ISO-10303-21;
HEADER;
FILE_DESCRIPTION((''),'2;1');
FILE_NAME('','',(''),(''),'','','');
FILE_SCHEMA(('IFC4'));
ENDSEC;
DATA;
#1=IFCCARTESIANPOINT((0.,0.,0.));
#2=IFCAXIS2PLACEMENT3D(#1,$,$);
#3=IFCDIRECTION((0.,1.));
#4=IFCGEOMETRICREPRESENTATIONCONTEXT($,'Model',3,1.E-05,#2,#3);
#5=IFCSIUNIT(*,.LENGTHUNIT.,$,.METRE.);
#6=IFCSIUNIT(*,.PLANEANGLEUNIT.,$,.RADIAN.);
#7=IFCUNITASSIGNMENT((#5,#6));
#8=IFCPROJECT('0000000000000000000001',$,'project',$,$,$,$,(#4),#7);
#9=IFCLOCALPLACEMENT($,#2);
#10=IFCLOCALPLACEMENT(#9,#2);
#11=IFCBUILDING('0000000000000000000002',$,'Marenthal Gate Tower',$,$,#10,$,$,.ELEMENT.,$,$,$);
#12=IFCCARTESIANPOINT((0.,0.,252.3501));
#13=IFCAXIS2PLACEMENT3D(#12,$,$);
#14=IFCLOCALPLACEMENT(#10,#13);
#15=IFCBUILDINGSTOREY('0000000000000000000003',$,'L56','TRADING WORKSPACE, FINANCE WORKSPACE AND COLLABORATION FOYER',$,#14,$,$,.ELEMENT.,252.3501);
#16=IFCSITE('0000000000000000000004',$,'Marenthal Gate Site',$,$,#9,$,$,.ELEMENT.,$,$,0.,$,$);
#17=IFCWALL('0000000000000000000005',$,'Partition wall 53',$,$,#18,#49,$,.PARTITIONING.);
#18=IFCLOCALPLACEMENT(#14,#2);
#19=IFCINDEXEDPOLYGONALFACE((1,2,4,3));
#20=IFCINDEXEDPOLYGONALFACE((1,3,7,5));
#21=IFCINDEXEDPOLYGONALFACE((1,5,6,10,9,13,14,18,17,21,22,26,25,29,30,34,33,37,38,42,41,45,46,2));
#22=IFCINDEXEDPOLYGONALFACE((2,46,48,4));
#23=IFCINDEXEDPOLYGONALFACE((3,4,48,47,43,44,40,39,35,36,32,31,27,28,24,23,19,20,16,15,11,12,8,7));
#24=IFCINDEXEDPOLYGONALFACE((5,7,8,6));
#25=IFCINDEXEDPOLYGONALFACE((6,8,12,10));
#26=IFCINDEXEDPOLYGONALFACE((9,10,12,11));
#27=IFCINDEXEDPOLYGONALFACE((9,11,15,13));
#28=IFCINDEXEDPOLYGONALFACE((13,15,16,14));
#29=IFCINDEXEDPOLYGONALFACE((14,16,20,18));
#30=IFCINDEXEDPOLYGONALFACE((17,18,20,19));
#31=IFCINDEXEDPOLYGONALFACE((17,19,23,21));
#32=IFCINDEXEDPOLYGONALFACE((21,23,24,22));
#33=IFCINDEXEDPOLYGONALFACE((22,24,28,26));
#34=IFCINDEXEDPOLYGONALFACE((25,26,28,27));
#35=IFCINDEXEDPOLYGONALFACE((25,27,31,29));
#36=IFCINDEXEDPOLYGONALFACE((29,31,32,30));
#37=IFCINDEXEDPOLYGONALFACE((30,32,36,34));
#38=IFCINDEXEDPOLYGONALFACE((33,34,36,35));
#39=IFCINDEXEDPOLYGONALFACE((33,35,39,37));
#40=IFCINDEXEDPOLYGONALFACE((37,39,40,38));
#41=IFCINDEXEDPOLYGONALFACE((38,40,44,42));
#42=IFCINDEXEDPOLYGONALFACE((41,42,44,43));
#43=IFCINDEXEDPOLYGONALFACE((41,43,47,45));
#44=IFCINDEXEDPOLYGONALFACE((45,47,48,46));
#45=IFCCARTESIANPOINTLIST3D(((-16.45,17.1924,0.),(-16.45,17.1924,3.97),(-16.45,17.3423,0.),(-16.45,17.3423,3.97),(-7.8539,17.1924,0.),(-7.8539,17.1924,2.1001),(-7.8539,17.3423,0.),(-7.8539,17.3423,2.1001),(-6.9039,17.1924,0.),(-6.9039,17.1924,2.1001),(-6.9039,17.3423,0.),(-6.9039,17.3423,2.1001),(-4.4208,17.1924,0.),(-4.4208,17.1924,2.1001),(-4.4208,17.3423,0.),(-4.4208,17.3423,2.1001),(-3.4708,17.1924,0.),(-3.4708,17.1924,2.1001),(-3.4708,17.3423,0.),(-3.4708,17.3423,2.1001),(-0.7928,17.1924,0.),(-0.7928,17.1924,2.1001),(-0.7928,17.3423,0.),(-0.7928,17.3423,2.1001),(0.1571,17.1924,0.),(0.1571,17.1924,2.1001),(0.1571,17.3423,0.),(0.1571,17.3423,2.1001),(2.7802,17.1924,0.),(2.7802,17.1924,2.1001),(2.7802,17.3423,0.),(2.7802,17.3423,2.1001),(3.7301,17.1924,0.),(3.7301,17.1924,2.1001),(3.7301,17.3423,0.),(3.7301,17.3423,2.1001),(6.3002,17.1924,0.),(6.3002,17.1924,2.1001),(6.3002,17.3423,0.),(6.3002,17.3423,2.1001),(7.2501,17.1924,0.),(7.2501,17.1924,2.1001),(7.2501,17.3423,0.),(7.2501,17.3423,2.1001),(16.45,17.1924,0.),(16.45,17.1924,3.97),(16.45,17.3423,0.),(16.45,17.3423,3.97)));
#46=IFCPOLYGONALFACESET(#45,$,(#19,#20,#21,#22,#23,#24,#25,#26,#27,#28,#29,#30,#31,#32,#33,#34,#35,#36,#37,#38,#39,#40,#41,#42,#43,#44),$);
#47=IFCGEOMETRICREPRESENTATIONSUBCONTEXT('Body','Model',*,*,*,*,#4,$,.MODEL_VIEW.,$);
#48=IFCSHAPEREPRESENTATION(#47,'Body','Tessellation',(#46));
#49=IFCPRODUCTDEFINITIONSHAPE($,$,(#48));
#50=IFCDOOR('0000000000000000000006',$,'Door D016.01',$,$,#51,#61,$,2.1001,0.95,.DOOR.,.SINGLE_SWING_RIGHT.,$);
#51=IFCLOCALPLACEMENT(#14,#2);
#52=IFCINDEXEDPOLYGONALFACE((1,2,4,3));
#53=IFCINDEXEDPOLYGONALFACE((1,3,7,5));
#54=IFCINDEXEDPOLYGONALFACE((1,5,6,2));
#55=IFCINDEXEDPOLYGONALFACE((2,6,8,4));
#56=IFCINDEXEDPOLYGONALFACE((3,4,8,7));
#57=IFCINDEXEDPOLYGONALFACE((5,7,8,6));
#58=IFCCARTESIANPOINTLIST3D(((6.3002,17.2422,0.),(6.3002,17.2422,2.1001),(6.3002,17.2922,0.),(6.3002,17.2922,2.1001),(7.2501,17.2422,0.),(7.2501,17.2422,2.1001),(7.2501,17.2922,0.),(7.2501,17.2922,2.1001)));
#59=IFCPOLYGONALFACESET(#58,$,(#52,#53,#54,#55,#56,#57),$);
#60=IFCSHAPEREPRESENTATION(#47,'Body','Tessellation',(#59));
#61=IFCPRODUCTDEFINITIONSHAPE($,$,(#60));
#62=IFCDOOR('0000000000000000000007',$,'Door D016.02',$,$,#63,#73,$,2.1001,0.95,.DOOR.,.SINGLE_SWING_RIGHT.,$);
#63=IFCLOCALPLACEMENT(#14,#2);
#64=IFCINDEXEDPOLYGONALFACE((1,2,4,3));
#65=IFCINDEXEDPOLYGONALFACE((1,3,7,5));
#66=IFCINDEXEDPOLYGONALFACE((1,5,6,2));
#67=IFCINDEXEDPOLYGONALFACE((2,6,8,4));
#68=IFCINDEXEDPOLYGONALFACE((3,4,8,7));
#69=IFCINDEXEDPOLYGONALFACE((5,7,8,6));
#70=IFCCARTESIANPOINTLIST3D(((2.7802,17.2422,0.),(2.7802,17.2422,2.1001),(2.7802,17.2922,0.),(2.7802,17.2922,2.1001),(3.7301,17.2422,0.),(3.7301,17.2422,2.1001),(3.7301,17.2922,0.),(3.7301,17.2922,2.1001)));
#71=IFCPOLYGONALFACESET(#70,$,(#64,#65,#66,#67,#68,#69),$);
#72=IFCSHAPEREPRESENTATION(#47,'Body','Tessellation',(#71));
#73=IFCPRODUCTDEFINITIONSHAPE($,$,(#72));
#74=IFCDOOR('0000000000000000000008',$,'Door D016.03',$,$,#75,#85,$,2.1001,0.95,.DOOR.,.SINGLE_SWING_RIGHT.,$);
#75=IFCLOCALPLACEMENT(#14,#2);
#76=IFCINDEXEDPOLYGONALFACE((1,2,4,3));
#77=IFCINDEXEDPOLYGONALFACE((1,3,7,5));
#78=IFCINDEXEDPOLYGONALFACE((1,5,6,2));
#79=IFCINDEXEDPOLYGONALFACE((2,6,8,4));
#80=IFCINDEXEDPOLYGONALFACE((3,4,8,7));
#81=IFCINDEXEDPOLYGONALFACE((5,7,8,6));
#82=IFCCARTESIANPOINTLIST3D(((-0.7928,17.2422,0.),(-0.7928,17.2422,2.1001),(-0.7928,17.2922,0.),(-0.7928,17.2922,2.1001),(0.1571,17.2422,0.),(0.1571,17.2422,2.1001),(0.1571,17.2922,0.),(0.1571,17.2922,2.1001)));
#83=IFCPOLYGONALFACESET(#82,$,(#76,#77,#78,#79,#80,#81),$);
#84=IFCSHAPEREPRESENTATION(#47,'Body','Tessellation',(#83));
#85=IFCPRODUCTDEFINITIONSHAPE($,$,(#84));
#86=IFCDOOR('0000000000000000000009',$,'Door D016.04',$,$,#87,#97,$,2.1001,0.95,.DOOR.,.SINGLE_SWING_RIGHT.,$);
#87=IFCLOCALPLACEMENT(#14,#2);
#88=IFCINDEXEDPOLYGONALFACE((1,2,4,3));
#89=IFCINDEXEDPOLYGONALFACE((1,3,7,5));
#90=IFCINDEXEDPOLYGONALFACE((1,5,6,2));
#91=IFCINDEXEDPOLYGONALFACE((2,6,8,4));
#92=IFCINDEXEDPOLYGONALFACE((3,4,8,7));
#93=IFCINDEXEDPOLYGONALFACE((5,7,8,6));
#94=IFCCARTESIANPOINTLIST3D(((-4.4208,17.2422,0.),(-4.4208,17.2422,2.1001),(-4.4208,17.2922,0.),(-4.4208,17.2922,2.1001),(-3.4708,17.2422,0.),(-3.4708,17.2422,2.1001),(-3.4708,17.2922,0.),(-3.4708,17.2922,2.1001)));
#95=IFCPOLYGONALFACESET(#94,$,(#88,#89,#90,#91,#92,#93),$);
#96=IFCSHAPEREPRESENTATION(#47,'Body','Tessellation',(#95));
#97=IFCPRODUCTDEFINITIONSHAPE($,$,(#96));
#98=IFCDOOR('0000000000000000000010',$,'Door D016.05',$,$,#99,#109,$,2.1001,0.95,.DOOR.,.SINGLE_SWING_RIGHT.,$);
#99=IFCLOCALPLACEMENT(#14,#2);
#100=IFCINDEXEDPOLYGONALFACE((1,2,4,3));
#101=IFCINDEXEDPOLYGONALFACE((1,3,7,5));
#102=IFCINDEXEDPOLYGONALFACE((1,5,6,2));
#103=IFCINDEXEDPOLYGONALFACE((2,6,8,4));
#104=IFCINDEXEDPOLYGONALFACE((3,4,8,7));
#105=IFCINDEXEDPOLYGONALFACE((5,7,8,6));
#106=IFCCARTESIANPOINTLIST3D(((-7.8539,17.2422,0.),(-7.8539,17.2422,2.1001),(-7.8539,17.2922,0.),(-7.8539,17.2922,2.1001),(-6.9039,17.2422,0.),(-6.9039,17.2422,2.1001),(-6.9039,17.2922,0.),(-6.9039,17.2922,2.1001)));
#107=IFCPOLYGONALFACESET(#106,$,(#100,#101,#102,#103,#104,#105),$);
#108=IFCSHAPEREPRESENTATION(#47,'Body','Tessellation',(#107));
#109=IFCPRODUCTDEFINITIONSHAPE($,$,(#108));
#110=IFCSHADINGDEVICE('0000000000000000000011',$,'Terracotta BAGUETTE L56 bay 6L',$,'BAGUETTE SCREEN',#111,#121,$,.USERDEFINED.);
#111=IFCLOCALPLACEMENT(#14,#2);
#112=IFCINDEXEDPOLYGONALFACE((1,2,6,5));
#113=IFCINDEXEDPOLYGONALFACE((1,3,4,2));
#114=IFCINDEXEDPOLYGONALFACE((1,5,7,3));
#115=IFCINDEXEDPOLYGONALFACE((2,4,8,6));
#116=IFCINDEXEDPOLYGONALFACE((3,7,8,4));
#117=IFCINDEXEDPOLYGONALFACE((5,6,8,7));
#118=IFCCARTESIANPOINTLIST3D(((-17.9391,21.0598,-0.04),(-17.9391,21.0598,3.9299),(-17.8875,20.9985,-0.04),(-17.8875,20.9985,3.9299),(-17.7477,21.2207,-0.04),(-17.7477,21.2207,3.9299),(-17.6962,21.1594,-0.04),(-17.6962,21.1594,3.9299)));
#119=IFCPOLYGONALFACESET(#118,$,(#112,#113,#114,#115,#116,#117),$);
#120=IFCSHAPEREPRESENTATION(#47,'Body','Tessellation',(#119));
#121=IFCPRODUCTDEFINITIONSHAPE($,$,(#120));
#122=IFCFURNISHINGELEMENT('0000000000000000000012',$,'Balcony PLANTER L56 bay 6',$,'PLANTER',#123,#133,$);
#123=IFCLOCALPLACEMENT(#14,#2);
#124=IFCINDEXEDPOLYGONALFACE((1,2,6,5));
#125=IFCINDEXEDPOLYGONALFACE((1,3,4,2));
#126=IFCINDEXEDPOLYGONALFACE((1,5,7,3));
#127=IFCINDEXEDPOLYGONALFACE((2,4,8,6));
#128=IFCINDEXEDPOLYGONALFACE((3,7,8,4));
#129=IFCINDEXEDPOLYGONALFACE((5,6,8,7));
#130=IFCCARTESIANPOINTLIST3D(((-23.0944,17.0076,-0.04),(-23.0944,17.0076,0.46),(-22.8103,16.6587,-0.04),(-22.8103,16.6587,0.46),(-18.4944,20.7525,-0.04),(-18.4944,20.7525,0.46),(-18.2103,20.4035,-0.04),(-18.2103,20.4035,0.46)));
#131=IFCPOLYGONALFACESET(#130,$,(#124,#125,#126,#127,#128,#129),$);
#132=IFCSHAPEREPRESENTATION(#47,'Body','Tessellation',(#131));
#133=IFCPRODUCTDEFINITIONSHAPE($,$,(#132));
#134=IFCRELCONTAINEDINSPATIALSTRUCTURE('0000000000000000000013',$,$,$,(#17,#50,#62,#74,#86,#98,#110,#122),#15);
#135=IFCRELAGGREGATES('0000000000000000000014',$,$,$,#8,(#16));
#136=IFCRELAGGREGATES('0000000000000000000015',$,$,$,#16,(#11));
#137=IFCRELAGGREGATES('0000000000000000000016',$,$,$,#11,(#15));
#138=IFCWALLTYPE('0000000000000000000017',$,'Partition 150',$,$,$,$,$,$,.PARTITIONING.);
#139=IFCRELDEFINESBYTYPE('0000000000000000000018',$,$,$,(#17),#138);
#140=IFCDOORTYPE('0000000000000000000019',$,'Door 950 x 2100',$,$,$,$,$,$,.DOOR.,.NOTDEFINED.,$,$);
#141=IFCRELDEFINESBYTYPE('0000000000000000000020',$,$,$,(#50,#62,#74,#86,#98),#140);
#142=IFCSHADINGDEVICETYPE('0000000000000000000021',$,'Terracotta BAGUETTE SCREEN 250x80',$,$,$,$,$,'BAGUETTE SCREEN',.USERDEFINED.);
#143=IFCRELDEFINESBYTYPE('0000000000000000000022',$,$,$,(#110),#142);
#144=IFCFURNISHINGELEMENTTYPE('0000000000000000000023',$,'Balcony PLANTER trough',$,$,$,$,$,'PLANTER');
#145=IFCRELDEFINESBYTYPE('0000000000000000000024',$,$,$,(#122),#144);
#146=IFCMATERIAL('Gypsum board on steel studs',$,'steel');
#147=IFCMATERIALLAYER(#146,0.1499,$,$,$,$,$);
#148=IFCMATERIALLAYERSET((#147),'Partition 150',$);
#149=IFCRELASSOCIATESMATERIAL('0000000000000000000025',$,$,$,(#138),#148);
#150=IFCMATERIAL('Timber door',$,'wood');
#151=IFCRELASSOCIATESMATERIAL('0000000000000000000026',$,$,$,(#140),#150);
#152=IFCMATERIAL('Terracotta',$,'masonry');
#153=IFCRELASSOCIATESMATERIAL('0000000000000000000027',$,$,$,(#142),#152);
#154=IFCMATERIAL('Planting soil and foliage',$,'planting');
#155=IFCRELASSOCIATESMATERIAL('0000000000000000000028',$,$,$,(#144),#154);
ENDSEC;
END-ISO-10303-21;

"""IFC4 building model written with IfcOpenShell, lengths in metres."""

from ifc_helpers import new_model, si_unit, direction, frame, frame_2d, origin, origin_2d, place, context, subcontext, project, spatial, rectangle, extrude, material, layer, layer_set, material_profile, profile_set, type_object, element, fill, save


model = new_model("IFC4")

# Units and contexts
model_context = context("Model", 3, precision=1e-05, world=origin(), true_north=direction((0.0, 1.0)))
body_context = subcontext(model_context, "Body", "Model", "MODEL_VIEW")
ifc_project = project(units=[si_unit("LENGTHUNIT", "METRE"), si_unit("PLANEANGLEUNIT", "RADIAN")], contexts=[model_context])

# Site, building, storey
site_placement = place(None, origin())
site = spatial("IfcSite", under=ifc_project, at=site_placement, Name="Marenthal Gate Site", CompositionType="ELEMENT", RefElevation=0.0)
building_placement = place(site_placement, origin())
building = spatial("IfcBuilding", under=site, at=building_placement, Name="Marenthal Gate Tower", CompositionType="ELEMENT")
storey_placement = place(building_placement, frame((0.0, 0.0, 252.3501)))
storey = spatial("IfcBuildingStorey", under=building, at=storey_placement, Name="L56", Description="TRADING WORKSPACE, FINANCE WORKSPACE AND COLLABORATION FOYER", CompositionType="ELEMENT", Elevation=252.3501)

# Shared definitions
ifc_material_1 = material(Name="Gypsum board on steel studs", Category="steel")
ifc_layer_1 = layer(ifc_material_1, 0.1499)
ifc_layer_set_1 = layer_set([ifc_layer_1], Name="Partition 150")
wall_type_1 = type_object("IfcWallType", Name="Partition 150", PredefinedType="PARTITIONING", material=ifc_layer_set_1)

# Wall, openings, doors
wall_1_placement = place(storey_placement, frame((-16.45, 17.2673, 0.0), z_axis=(0.0, 0.0, 1.0), x_axis=(1.0, 0.0, 0.0)))
wall_1 = element("IfcWall", 1, at=wall_1_placement, inside=storey, type_object=wall_type_1, Name="Partition wall 53", PredefinedType="PARTITIONING", context=body_context, shape_type="SweptSolid", body=[
    extrude(rectangle(XDim=32.8999, YDim=0.1499, at=frame_2d((16.45, 0.0))), origin(), (0.0, 0.0, 1.0), 3.97),
])
opening_1_placement = place(wall_1_placement, frame((22.75, 0.0, 0.0)))
opening_1 = element("IfcOpeningElement", 2, at=opening_1_placement, cuts=wall_1, PredefinedType="OPENING", context=body_context, shape_type="SweptSolid", body=[
    extrude(rectangle(XDim=0.95, YDim=2.1001, at=frame_2d((0.4751, 1.05))), frame((0.0, 0.085, 0.0), z_axis=(0.0, -1.0, 0.0), x_axis=(1.0, 0.0, 0.0)), (0.0, 0.0, 1.0), 0.1699),
])
opening_2_placement = place(wall_1_placement, frame((19.23, 0.0, 0.0)))
opening_2 = element("IfcOpeningElement", 3, at=opening_2_placement, cuts=wall_1, PredefinedType="OPENING", context=body_context, shape_type="SweptSolid", body=[
    extrude(rectangle(XDim=0.95, YDim=2.1001, at=frame_2d((0.4751, 1.05))), frame((0.0, 0.085, 0.0), z_axis=(0.0, -1.0, 0.0), x_axis=(1.0, 0.0, 0.0)), (0.0, 0.0, 1.0), 0.1699),
])
opening_3_placement = place(wall_1_placement, frame((15.657, 0.0, 0.0)))
opening_3 = element("IfcOpeningElement", 4, at=opening_3_placement, cuts=wall_1, PredefinedType="OPENING", context=body_context, shape_type="SweptSolid", body=[
    extrude(rectangle(XDim=0.95, YDim=2.1001, at=frame_2d((0.4751, 1.05))), frame((0.0, 0.085, 0.0), z_axis=(0.0, -1.0, 0.0), x_axis=(1.0, 0.0, 0.0)), (0.0, 0.0, 1.0), 0.1699),
])
opening_4_placement = place(wall_1_placement, frame((12.0291, 0.0, 0.0)))
opening_4 = element("IfcOpeningElement", 5, at=opening_4_placement, cuts=wall_1, PredefinedType="OPENING", context=body_context, shape_type="SweptSolid", body=[
    extrude(rectangle(XDim=0.95, YDim=2.1001, at=frame_2d((0.4751, 1.05))), frame((0.0, 0.085, 0.0), z_axis=(0.0, -1.0, 0.0), x_axis=(1.0, 0.0, 0.0)), (0.0, 0.0, 1.0), 0.1699),
])
opening_5_placement = place(wall_1_placement, frame((8.5959, 0.0, 0.0)))
opening_5 = element("IfcOpeningElement", 6, at=opening_5_placement, cuts=wall_1, PredefinedType="OPENING", context=body_context, shape_type="SweptSolid", body=[
    extrude(rectangle(XDim=0.95, YDim=2.1001, at=frame_2d((0.4751, 1.05))), frame((0.0, 0.085, 0.0), z_axis=(0.0, -1.0, 0.0), x_axis=(1.0, 0.0, 0.0)), (0.0, 0.0, 1.0), 0.1699),
])
ifc_material_2 = material(Name="Timber door", Category="wood")
door_type_1 = type_object("IfcDoorType", Name="Door 950 x 2100", OperationType="NOTDEFINED", PredefinedType="DOOR", material=ifc_material_2)
door_1_placement = place(opening_1_placement, origin())
door_1 = element("IfcDoor", 7, at=door_1_placement, inside=storey, type_object=door_type_1, Name="Door D016.01", OperationType="SINGLE_SWING_RIGHT", OverallHeight=2.1001, OverallWidth=0.95, PredefinedType="DOOR", context=body_context, shape_type="SweptSolid", body=[
    extrude(rectangle(XDim=0.95, YDim=2.1001, at=frame_2d((0.4751, 1.05))), frame((0.0, 0.0249, 0.0), z_axis=(0.0, -1.0, 0.0), x_axis=(1.0, 0.0, 0.0)), (0.0, 0.0, 1.0), 0.05),
])
fill(opening_1, door_1)
door_2_placement = place(opening_2_placement, origin())
door_2 = element("IfcDoor", 8, at=door_2_placement, inside=storey, type_object=door_type_1, Name="Door D016.02", OperationType="SINGLE_SWING_RIGHT", OverallHeight=2.1001, OverallWidth=0.95, PredefinedType="DOOR", context=body_context, shape_type="SweptSolid", body=[
    extrude(rectangle(XDim=0.95, YDim=2.1001, at=frame_2d((0.4751, 1.05))), frame((0.0, 0.0249, 0.0), z_axis=(0.0, -1.0, 0.0), x_axis=(1.0, 0.0, 0.0)), (0.0, 0.0, 1.0), 0.05),
])
fill(opening_2, door_2)
door_3_placement = place(opening_3_placement, origin())
door_3 = element("IfcDoor", 9, at=door_3_placement, inside=storey, type_object=door_type_1, Name="Door D016.03", OperationType="SINGLE_SWING_RIGHT", OverallHeight=2.1001, OverallWidth=0.95, PredefinedType="DOOR", context=body_context, shape_type="SweptSolid", body=[
    extrude(rectangle(XDim=0.95, YDim=2.1001, at=frame_2d((0.4751, 1.05))), frame((0.0, 0.0249, 0.0), z_axis=(0.0, -1.0, 0.0), x_axis=(1.0, 0.0, 0.0)), (0.0, 0.0, 1.0), 0.05),
])
fill(opening_3, door_3)
door_4_placement = place(opening_4_placement, origin())
door_4 = element("IfcDoor", 10, at=door_4_placement, inside=storey, type_object=door_type_1, Name="Door D016.04", OperationType="SINGLE_SWING_RIGHT", OverallHeight=2.1001, OverallWidth=0.95, PredefinedType="DOOR", context=body_context, shape_type="SweptSolid", body=[
    extrude(rectangle(XDim=0.95, YDim=2.1001, at=frame_2d((0.4751, 1.05))), frame((0.0, 0.0249, 0.0), z_axis=(0.0, -1.0, 0.0), x_axis=(1.0, 0.0, 0.0)), (0.0, 0.0, 1.0), 0.05),
])
fill(opening_4, door_4)
door_5_placement = place(opening_5_placement, origin())
door_5 = element("IfcDoor", 11, at=door_5_placement, inside=storey, type_object=door_type_1, Name="Door D016.05", OperationType="SINGLE_SWING_RIGHT", OverallHeight=2.1001, OverallWidth=0.95, PredefinedType="DOOR", context=body_context, shape_type="SweptSolid", body=[
    extrude(rectangle(XDim=0.95, YDim=2.1001, at=frame_2d((0.4751, 1.05))), frame((0.0, 0.0249, 0.0), z_axis=(0.0, -1.0, 0.0), x_axis=(1.0, 0.0, 0.0)), (0.0, 0.0, 1.0), 0.05),
])
fill(opening_5, door_5)

# Shading device
ifc_material_3 = material(Name="Terracotta", Category="masonry")
ifc_material_profile_1 = material_profile(ifc_material_3, rectangle(XDim=0.25, YDim=0.0801, at=origin_2d()), Name="Terracotta baguette 250x80")
ifc_profile_set_1 = profile_set([ifc_material_profile_1], Name="Terracotta")
shading_device_type = type_object("IfcShadingDeviceType", Name="Terracotta BAGUETTE SCREEN 250x80", ElementType="BAGUETTE SCREEN", PredefinedType="USERDEFINED", material=ifc_profile_set_1)
shading_device_placement = place(storey_placement, frame((-17.8176, 21.1096, -0.04), z_axis=(0.0, 0.0, 1.0), x_axis=(-0.765398, -0.643557, 0.0)))
element("IfcShadingDevice", 12, at=shading_device_placement, inside=storey, type_object=shading_device_type, Name="Terracotta BAGUETTE L56 bay 6L", ObjectType="BAGUETTE SCREEN", PredefinedType="USERDEFINED", context=body_context, shape_type="SweptSolid", body=[
    extrude(rectangle(XDim=0.25, YDim=0.0801, at=origin_2d()), origin(), (0.0, 0.0, 1.0), 3.97),
])

# Furnishing element
ifc_material_4 = material(Name="Planting soil and foliage", Category="planting")
furnishing_element_type = type_object("IfcFurnishingElementType", Name="Balcony PLANTER trough", ElementType="PLANTER", material=ifc_material_4)
furnishing_placement = place(storey_placement, frame((-20.6523, 18.7056, -0.04), z_axis=(0.0, 0.0, 1.0), x_axis=(-0.775505, -0.631342, 0.0)))
element("IfcFurnishingElement", 13, at=furnishing_placement, inside=storey, type_object=furnishing_element_type, Name="Balcony PLANTER L56 bay 6", ObjectType="PLANTER", context=body_context, shape_type="SweptSolid", body=[
    extrude(rectangle(XDim=5.9316, YDim=0.45, at=origin_2d()), origin(), (0.0, 0.0, 1.0), 0.5),
])

save(model, "model.ifc")
